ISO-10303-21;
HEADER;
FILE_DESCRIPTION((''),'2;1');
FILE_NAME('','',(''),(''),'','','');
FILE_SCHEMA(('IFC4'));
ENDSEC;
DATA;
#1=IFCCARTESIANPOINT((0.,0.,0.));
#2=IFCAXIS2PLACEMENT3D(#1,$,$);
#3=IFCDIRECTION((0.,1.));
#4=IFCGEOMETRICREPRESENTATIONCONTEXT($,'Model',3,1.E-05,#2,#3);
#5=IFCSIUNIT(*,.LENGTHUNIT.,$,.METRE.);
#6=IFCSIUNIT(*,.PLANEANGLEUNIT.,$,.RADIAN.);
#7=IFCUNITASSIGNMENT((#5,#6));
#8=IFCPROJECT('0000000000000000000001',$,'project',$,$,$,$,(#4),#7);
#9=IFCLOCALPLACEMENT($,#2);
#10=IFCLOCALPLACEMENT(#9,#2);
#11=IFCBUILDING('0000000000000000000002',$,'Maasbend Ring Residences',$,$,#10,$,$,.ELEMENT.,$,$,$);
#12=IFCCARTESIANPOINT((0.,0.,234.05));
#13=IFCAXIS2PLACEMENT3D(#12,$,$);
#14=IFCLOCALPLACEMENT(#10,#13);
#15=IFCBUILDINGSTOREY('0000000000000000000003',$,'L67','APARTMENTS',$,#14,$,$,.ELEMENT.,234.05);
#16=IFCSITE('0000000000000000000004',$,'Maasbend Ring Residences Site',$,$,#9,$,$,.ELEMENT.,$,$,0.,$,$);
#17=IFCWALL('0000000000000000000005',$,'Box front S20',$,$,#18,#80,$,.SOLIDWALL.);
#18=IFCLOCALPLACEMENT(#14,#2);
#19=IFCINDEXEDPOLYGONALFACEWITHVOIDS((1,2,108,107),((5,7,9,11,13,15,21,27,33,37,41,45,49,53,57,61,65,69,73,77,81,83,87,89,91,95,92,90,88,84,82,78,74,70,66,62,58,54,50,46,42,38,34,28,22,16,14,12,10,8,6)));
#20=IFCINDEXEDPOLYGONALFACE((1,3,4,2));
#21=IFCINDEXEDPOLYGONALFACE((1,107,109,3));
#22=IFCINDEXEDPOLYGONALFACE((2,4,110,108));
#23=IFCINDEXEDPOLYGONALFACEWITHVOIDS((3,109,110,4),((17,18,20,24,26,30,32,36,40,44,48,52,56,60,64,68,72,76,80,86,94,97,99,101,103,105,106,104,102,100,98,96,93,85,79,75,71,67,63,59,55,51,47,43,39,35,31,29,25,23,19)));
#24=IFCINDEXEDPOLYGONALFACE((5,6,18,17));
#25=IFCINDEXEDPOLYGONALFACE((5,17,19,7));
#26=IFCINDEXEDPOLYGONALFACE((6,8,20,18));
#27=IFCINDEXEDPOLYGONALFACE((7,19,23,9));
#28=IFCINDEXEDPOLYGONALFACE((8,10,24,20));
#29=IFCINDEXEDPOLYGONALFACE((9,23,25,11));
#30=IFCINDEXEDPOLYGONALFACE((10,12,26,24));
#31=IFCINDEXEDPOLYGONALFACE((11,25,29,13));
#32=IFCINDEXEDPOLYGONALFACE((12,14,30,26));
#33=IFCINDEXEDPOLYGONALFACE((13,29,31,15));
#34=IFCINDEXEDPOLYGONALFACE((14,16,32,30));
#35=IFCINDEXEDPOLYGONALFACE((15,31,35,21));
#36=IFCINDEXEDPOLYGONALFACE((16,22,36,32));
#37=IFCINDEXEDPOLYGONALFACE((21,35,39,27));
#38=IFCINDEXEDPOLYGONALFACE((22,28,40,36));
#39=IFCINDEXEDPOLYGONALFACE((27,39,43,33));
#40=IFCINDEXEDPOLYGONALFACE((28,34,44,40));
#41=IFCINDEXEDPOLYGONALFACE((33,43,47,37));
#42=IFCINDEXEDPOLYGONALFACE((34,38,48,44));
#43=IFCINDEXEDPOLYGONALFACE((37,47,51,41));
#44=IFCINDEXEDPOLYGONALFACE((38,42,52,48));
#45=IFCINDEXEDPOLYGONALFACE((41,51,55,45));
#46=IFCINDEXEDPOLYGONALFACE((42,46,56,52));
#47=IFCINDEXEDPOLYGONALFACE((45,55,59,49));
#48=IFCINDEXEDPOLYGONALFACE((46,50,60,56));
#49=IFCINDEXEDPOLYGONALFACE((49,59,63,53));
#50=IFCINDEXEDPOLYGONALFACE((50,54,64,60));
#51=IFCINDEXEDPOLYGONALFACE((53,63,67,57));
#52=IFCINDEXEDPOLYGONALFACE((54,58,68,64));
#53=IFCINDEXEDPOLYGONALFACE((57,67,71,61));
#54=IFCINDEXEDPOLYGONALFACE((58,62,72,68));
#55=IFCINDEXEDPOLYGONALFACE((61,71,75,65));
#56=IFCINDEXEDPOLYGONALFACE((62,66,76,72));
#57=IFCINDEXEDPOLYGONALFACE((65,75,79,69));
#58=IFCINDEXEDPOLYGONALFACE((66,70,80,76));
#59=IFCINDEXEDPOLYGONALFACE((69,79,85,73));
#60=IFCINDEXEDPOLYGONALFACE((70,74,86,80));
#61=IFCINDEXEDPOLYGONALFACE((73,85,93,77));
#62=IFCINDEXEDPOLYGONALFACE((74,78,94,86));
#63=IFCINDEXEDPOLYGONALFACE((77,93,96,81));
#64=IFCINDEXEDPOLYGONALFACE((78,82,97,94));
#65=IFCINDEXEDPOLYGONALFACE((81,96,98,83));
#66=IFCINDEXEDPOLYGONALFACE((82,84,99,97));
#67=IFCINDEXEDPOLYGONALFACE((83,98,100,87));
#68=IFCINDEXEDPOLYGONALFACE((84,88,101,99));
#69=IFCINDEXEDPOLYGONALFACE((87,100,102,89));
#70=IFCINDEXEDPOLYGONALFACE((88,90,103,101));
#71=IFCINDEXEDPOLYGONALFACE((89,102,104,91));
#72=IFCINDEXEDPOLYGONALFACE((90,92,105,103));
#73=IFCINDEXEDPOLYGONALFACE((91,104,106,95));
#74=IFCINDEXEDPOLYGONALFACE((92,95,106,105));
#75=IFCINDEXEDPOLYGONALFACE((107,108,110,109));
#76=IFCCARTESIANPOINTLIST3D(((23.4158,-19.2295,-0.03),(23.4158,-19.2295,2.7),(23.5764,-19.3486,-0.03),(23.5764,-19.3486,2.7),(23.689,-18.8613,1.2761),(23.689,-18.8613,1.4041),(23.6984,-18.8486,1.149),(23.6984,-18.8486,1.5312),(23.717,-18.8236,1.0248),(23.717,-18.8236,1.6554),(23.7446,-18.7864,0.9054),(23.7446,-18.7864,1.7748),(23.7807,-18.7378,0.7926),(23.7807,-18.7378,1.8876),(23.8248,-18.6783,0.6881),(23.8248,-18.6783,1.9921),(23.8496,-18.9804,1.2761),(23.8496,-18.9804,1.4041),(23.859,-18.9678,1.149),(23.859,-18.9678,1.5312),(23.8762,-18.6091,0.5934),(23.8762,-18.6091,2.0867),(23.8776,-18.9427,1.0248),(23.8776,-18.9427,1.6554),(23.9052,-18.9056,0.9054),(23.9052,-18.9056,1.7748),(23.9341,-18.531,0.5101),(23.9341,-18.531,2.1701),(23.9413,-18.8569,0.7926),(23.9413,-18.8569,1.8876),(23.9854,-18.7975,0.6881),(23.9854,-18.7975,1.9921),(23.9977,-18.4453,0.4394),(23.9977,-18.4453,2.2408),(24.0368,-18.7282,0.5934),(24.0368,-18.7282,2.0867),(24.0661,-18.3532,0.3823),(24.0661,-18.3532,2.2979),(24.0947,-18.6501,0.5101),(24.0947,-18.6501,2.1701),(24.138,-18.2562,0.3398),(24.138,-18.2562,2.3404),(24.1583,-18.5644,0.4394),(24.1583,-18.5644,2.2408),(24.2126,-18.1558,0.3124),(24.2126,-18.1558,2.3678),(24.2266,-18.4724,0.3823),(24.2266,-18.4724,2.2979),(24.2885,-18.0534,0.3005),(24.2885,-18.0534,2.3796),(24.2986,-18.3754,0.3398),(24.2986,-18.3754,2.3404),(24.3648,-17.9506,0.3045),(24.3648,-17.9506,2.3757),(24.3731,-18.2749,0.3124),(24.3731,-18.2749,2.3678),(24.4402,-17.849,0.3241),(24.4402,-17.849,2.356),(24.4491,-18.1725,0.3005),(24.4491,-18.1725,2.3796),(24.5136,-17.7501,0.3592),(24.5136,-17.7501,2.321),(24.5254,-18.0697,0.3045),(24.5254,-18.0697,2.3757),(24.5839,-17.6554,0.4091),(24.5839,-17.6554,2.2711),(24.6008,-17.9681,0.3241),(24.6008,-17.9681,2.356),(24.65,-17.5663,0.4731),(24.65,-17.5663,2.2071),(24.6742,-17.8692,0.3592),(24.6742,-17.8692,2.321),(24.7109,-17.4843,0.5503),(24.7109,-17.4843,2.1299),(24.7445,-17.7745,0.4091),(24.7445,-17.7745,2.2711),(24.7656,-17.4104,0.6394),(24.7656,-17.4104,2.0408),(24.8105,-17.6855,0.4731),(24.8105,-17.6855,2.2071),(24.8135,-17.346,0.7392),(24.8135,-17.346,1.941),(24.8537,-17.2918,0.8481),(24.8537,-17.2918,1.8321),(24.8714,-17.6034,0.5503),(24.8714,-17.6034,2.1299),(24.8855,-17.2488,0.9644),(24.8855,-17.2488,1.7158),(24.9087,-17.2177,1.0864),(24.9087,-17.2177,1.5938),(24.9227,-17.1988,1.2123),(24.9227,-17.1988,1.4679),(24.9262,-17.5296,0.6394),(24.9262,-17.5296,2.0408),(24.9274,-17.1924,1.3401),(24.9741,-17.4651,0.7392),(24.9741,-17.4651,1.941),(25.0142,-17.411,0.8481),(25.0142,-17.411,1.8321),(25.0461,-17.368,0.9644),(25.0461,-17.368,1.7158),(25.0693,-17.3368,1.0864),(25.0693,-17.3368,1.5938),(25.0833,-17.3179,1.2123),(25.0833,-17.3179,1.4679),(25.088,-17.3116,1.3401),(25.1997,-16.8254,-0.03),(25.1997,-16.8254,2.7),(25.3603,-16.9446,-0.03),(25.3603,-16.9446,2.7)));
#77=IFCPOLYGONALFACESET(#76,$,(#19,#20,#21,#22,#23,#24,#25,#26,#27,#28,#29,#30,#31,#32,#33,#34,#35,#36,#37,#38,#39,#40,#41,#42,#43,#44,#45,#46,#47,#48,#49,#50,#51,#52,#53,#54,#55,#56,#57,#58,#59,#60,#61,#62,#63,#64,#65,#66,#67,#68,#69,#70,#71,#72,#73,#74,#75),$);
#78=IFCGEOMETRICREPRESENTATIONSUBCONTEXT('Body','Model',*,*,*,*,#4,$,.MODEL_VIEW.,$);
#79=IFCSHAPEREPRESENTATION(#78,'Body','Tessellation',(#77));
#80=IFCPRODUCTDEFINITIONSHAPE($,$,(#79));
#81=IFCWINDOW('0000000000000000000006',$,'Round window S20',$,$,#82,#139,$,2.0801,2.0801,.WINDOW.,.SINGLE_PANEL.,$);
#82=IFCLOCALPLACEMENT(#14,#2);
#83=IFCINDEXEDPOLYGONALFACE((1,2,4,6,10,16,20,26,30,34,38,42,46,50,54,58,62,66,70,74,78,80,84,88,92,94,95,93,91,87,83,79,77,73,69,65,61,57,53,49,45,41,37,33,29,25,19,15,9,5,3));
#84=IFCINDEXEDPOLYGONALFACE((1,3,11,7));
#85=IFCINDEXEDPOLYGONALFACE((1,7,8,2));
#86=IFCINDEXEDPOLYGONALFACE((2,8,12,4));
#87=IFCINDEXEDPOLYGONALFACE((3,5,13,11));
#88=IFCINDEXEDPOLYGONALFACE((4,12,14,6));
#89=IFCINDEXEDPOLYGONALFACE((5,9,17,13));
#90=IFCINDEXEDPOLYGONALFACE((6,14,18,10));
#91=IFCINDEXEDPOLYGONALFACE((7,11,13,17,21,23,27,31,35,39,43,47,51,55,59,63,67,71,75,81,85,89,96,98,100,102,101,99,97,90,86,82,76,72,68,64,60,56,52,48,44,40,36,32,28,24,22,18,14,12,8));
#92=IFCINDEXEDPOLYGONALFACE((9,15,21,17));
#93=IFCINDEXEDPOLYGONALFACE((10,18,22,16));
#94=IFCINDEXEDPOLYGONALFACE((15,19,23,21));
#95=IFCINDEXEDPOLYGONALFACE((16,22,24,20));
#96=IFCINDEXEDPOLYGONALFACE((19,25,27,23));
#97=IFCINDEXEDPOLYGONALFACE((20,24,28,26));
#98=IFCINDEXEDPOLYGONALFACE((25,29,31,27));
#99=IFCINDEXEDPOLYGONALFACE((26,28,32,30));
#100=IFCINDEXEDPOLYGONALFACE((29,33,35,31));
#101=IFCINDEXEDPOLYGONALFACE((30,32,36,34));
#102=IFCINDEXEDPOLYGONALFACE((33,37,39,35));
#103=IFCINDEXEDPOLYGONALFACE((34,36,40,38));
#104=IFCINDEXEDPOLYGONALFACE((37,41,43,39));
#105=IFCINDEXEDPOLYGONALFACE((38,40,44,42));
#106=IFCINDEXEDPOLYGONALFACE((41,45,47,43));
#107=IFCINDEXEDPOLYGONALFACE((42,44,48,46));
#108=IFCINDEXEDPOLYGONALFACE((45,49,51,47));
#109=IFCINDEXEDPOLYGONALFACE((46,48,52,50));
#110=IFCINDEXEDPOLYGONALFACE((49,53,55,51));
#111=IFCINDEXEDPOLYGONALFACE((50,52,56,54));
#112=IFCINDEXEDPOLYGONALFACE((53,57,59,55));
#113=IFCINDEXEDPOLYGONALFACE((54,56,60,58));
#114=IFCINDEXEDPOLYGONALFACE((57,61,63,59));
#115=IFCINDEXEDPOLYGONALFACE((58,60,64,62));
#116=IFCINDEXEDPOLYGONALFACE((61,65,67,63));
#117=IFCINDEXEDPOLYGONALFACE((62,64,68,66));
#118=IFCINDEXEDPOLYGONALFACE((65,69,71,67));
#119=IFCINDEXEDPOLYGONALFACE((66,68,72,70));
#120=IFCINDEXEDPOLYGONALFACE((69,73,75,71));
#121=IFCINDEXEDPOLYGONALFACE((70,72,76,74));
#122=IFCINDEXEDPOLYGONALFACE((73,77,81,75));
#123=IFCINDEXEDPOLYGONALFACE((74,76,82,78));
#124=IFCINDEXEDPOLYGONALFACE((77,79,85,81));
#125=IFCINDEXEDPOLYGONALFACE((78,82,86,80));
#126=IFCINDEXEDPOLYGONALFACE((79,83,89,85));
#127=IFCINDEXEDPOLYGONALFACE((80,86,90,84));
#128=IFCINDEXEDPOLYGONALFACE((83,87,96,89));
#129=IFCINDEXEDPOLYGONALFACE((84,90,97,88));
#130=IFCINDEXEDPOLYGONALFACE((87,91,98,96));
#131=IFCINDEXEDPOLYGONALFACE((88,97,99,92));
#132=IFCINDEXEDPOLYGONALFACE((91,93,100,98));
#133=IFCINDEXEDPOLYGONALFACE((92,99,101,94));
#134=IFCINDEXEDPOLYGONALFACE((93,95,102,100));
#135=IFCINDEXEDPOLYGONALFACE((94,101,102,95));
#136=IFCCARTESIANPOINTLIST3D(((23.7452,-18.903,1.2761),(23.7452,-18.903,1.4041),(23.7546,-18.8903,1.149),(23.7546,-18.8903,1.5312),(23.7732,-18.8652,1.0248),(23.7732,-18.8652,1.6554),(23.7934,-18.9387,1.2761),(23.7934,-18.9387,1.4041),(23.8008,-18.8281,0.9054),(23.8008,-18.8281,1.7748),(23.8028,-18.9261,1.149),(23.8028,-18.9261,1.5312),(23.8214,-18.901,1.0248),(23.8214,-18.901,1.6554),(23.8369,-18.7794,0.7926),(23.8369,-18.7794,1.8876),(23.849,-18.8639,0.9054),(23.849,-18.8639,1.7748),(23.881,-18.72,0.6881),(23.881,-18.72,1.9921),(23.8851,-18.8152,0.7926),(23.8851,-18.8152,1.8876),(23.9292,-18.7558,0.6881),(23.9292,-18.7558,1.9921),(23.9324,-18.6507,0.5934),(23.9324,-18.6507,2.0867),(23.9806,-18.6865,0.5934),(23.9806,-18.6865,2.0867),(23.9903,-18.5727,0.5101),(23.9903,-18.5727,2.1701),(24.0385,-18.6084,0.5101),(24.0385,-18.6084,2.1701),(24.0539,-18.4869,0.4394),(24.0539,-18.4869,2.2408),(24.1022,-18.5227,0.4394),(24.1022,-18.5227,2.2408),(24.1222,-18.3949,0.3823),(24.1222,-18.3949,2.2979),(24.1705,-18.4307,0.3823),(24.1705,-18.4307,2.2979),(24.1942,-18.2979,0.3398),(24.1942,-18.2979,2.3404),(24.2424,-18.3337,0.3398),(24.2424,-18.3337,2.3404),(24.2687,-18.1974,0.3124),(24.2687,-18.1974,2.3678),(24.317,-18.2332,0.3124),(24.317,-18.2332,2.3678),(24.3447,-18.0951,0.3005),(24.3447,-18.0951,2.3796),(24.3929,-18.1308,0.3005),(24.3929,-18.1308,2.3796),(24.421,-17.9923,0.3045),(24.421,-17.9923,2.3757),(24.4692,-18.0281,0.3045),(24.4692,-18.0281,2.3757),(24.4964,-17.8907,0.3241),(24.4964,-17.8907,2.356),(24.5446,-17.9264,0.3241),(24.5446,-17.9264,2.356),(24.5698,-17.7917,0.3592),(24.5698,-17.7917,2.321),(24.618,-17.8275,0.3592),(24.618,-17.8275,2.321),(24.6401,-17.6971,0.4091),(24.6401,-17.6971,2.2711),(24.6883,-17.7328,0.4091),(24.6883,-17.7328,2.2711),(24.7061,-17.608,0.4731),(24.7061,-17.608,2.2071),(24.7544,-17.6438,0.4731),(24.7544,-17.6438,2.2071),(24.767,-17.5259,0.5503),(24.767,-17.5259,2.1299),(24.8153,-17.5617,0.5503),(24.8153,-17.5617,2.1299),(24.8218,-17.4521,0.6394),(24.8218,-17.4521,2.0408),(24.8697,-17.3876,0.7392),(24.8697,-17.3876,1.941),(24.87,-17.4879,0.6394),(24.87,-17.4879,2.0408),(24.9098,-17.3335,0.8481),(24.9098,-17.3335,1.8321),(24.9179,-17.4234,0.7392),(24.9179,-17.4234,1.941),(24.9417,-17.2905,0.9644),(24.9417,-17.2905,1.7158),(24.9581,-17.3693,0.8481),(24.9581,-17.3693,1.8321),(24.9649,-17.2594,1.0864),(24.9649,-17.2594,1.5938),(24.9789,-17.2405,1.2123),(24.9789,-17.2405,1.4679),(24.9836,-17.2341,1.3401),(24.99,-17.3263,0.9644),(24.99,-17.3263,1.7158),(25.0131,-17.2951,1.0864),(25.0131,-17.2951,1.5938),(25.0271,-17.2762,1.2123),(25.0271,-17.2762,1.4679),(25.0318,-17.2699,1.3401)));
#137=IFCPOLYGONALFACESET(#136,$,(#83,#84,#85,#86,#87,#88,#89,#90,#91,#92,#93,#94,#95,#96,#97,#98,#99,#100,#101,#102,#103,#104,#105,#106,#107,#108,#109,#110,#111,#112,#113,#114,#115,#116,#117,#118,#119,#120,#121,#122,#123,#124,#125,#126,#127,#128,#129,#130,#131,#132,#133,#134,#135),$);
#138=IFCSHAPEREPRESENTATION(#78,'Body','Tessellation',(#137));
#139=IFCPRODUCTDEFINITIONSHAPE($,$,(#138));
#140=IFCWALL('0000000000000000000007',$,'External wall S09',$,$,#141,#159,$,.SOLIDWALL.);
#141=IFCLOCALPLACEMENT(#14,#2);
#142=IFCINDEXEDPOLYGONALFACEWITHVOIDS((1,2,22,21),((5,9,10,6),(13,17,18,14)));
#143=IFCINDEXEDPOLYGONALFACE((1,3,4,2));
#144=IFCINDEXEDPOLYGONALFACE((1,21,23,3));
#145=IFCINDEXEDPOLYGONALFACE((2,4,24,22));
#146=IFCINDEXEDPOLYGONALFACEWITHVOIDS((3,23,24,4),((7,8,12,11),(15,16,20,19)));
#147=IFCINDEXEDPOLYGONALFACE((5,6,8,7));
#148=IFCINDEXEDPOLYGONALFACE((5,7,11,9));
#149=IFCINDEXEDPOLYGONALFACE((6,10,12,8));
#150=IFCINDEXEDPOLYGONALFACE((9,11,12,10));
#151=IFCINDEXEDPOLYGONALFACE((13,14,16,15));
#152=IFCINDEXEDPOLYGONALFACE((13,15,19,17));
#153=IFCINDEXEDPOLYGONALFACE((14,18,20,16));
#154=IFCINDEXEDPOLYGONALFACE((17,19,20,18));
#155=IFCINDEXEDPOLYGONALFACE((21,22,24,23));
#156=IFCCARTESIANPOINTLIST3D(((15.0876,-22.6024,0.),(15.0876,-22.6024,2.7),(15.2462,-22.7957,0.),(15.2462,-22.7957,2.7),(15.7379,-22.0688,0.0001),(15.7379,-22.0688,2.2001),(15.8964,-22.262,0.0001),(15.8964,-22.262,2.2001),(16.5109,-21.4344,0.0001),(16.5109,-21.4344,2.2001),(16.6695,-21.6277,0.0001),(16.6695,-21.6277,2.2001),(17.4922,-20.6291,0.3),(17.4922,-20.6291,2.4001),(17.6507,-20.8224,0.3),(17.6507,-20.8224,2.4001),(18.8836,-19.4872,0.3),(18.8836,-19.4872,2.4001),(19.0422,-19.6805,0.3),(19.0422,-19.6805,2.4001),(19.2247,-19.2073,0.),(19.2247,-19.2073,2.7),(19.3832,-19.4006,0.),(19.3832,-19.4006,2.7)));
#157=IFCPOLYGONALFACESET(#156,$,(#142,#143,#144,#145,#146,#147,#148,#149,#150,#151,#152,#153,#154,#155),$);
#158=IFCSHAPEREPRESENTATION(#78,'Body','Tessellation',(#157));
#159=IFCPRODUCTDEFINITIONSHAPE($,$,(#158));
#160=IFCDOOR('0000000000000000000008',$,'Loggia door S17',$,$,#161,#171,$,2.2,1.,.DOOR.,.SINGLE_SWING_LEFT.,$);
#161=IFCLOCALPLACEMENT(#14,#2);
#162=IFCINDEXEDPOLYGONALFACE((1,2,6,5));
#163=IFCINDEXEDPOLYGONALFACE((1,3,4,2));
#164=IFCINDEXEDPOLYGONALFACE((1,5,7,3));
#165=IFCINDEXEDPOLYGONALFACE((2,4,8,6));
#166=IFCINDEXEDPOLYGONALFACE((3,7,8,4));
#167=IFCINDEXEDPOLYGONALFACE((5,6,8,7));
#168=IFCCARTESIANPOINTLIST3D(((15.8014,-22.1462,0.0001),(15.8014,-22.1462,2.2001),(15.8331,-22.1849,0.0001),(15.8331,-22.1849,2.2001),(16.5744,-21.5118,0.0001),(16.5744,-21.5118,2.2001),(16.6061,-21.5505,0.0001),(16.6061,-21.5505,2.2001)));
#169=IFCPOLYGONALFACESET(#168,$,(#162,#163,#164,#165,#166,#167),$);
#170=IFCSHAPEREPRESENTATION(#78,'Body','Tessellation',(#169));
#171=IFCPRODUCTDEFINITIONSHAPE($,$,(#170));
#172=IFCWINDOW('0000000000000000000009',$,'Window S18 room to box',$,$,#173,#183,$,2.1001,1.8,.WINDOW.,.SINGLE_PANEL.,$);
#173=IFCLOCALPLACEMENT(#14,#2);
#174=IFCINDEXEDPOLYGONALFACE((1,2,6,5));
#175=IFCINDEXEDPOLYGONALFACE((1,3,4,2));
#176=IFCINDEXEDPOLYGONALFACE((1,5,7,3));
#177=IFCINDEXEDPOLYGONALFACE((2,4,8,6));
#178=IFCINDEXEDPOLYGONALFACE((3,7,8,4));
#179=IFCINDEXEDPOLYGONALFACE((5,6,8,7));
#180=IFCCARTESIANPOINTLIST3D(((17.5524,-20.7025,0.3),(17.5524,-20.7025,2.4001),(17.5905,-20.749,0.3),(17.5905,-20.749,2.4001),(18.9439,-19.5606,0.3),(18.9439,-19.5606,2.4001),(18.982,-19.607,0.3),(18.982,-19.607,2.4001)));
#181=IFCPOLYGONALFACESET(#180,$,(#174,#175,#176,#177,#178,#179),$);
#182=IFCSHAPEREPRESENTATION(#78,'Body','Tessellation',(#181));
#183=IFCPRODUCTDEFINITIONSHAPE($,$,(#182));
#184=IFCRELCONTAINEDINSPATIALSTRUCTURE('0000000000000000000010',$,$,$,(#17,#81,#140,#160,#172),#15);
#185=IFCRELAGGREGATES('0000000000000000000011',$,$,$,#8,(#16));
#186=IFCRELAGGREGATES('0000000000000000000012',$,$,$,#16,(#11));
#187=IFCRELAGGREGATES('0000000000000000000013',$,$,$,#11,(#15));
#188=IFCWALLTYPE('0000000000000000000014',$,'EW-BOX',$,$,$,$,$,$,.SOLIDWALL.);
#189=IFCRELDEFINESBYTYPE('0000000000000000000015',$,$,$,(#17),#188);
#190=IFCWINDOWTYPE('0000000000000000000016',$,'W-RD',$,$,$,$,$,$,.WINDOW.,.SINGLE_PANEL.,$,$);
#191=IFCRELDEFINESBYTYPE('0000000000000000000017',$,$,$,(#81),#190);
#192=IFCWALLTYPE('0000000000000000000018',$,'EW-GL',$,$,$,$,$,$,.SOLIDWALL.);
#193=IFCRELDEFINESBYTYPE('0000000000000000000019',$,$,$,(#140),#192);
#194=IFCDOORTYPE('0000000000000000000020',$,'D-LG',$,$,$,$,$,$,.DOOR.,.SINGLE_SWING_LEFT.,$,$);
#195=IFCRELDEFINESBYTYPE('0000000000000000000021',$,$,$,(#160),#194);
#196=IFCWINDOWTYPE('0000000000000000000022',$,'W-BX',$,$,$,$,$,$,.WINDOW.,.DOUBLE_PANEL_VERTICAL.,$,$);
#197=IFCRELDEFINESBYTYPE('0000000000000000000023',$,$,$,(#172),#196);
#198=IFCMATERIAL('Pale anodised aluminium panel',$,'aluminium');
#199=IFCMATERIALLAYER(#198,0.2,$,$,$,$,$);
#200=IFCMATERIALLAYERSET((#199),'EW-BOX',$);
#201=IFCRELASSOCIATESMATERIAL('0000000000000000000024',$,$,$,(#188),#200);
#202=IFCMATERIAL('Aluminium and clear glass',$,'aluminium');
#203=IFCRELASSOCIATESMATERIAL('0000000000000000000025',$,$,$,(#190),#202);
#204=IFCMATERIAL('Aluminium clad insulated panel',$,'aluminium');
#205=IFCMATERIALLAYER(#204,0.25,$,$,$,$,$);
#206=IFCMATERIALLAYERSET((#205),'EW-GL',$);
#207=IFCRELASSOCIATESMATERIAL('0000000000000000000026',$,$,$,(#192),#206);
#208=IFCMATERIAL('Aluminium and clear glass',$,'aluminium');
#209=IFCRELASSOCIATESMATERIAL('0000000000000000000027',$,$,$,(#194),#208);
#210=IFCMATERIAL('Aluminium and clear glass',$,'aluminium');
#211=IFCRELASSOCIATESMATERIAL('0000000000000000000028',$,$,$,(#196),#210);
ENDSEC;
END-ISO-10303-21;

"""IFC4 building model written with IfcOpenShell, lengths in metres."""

from ifc_helpers import new_model, si_unit, direction, frame, frame_2d, origin, place, context, subcontext, project, spatial, rectangle, circle, extrude, material, layer, layer_set, type_object, element, fill, save


model = new_model("IFC4")

# Units and contexts
model_context = context("Model", 3, precision=1e-05, world=origin(), true_north=direction((0.0, 1.0)))
body_context = subcontext(model_context, "Body", "Model", "MODEL_VIEW")
ifc_project = project(units=[si_unit("LENGTHUNIT", "METRE"), si_unit("PLANEANGLEUNIT", "RADIAN")], contexts=[model_context])

# Site, building, storey
site_placement = place(None, origin())
site = spatial("IfcSite", under=ifc_project, at=site_placement, Name="Maasbend Ring Residences Site", CompositionType="ELEMENT", RefElevation=0.0)
building_placement = place(site_placement, origin())
building = spatial("IfcBuilding", under=site, at=building_placement, Name="Maasbend Ring Residences", CompositionType="ELEMENT")
storey_placement = place(building_placement, frame((0.0, 0.0, 234.05)))
storey = spatial("IfcBuildingStorey", under=building, at=storey_placement, Name="L67", Description="APARTMENTS", CompositionType="ELEMENT", Elevation=234.05)

# Shared definitions
ifc_material_1 = material(Name="Pale anodised aluminium panel", Category="aluminium")
ifc_layer_1 = layer(ifc_material_1, 0.2)
ifc_layer_set_1 = layer_set([ifc_layer_1], Name="EW-BOX")
wall_type_1 = type_object("IfcWallType", Name="EW-BOX", PredefinedType="SOLIDWALL", material=ifc_layer_set_1)
ifc_material_2 = material(Name="Aluminium and clear glass", Category="aluminium")
window_type_1 = type_object("IfcWindowType", Name="W-RD", PartitioningType="SINGLE_PANEL", PredefinedType="WINDOW", material=ifc_material_2)

# Wall, opening, window
wall_1_placement = place(storey_placement, frame((23.4961, -19.2891, -0.03), z_axis=(0.0, 0.0, 1.0), x_axis=(0.595908, 0.803053, 0.0)))
wall_1 = element("IfcWall", 1, at=wall_1_placement, inside=storey, type_object=wall_type_1, Name="Box front S20", PredefinedType="SOLIDWALL", context=body_context, shape_type="SweptSolid", body=[
    extrude(rectangle(XDim=2.9937, YDim=0.2, at=frame_2d((1.4968, 0.0))), origin(), (0.0, 0.0, 1.0), 2.73),
])
opening_1_placement = place(wall_1_placement, frame((0.4565, 0.0, 0.3301)))
opening_1 = element("IfcOpeningElement", 2, at=opening_1_placement, cuts=wall_1, PredefinedType="OPENING", context=body_context, shape_type="SweptSolid", body=[
    extrude(circle(Radius=1.04, at=frame_2d((1.04, 1.04))), frame((0.0, 0.1099, 0.0), z_axis=(0.0, -1.0, 0.0), x_axis=(1.0, 0.0, 0.0)), (0.0, 0.0, 1.0), 0.22),
])
window_1_placement = place(opening_1_placement, origin())
window_1 = element("IfcWindow", 3, at=window_1_placement, inside=storey, type_object=window_type_1, Name="Round window S20", OverallHeight=2.0801, OverallWidth=2.0801, PartitioningType="SINGLE_PANEL", PredefinedType="WINDOW", context=body_context, shape_type="SweptSolid", body=[
    extrude(circle(Radius=1.04, at=frame_2d((1.04, 1.04))), frame((0.0, 0.03, 0.0), z_axis=(0.0, -1.0, 0.0), x_axis=(1.0, 0.0, 0.0)), (0.0, 0.0, 1.0), 0.0601),
])
fill(opening_1, window_1)

# Wall, openings, door, window
ifc_material_3 = material(Name="Aluminium clad insulated panel", Category="aluminium")
ifc_layer_2 = layer(ifc_material_3, 0.25)
ifc_layer_set_2 = layer_set([ifc_layer_2], Name="EW-GL")
wall_type_2 = type_object("IfcWallType", Name="EW-GL", PredefinedType="SOLIDWALL", material=ifc_layer_set_2)
wall_2_placement = place(storey_placement, frame((15.167, -22.699, 0.0), z_axis=(0.0, 0.0, 1.0), x_axis=(0.773019, 0.634382, 0.0)))
wall_2 = element("IfcWall", 4, at=wall_2_placement, inside=storey, type_object=wall_type_2, Name="External wall S09", PredefinedType="SOLIDWALL", context=body_context, shape_type="SweptSolid", body=[
    extrude(rectangle(XDim=5.3518, YDim=0.25, at=frame_2d((2.6758, 0.0))), origin(), (0.0, 0.0, 1.0), 2.7),
])
opening_2_placement = place(wall_2_placement, frame((0.8411, 0.0, 0.0)))
opening_2 = element("IfcOpeningElement", 5, at=opening_2_placement, cuts=wall_2, PredefinedType="OPENING", context=body_context, shape_type="SweptSolid", body=[
    extrude(rectangle(XDim=1.0, YDim=2.2, at=frame_2d((0.5, 1.1001))), frame((0.0, 0.135, 0.0), z_axis=(0.0, -1.0, 0.0), x_axis=(1.0, 0.0, 0.0)), (0.0, 0.0, 1.0), 0.27),
])
opening_3_placement = place(wall_2_placement, frame((3.1106, 0.0, 0.3)))
opening_3 = element("IfcOpeningElement", 6, at=opening_3_placement, cuts=wall_2, PredefinedType="OPENING", context=body_context, shape_type="SweptSolid", body=[
    extrude(rectangle(XDim=1.8, YDim=2.1001, at=frame_2d((0.8999, 1.05))), frame((0.0, 0.135, 0.0), z_axis=(0.0, -1.0, 0.0), x_axis=(1.0, 0.0, 0.0)), (0.0, 0.0, 1.0), 0.27),
])
ifc_material_4 = material(Name="Aluminium and clear glass", Category="aluminium")
door_type_1 = type_object("IfcDoorType", Name="D-LG", OperationType="SINGLE_SWING_LEFT", PredefinedType="DOOR", material=ifc_material_4)
door_1_placement = place(opening_2_placement, origin())
door_1 = element("IfcDoor", 7, at=door_1_placement, inside=storey, type_object=door_type_1, Name="Loggia door S17", OperationType="SINGLE_SWING_LEFT", OverallHeight=2.2, OverallWidth=1.0, PredefinedType="DOOR", context=body_context, shape_type="SweptSolid", body=[
    extrude(rectangle(XDim=1.0, YDim=2.2, at=frame_2d((0.5, 1.1001))), frame((0.0, 0.0249, 0.0), z_axis=(0.0, -1.0, 0.0), x_axis=(1.0, 0.0, 0.0)), (0.0, 0.0, 1.0), 0.05),
])
fill(opening_2, door_1)
ifc_material_5 = material(Name="Aluminium and clear glass", Category="aluminium")
window_type_2 = type_object("IfcWindowType", Name="W-BX", PartitioningType="DOUBLE_PANEL_VERTICAL", PredefinedType="WINDOW", material=ifc_material_5)
window_2_placement = place(opening_3_placement, origin())
window_2 = element("IfcWindow", 8, at=window_2_placement, inside=storey, type_object=window_type_2, Name="Window S18 room to box", OverallHeight=2.1001, OverallWidth=1.8, PartitioningType="SINGLE_PANEL", PredefinedType="WINDOW", context=body_context, shape_type="SweptSolid", body=[
    extrude(rectangle(XDim=1.8, YDim=2.1001, at=frame_2d((0.8999, 1.05))), frame((0.0, 0.03, 0.0), z_axis=(0.0, -1.0, 0.0), x_axis=(1.0, 0.0, 0.0)), (0.0, 0.0, 1.0), 0.0601),
])
fill(opening_3, window_2)

save(model, "model.ifc")
